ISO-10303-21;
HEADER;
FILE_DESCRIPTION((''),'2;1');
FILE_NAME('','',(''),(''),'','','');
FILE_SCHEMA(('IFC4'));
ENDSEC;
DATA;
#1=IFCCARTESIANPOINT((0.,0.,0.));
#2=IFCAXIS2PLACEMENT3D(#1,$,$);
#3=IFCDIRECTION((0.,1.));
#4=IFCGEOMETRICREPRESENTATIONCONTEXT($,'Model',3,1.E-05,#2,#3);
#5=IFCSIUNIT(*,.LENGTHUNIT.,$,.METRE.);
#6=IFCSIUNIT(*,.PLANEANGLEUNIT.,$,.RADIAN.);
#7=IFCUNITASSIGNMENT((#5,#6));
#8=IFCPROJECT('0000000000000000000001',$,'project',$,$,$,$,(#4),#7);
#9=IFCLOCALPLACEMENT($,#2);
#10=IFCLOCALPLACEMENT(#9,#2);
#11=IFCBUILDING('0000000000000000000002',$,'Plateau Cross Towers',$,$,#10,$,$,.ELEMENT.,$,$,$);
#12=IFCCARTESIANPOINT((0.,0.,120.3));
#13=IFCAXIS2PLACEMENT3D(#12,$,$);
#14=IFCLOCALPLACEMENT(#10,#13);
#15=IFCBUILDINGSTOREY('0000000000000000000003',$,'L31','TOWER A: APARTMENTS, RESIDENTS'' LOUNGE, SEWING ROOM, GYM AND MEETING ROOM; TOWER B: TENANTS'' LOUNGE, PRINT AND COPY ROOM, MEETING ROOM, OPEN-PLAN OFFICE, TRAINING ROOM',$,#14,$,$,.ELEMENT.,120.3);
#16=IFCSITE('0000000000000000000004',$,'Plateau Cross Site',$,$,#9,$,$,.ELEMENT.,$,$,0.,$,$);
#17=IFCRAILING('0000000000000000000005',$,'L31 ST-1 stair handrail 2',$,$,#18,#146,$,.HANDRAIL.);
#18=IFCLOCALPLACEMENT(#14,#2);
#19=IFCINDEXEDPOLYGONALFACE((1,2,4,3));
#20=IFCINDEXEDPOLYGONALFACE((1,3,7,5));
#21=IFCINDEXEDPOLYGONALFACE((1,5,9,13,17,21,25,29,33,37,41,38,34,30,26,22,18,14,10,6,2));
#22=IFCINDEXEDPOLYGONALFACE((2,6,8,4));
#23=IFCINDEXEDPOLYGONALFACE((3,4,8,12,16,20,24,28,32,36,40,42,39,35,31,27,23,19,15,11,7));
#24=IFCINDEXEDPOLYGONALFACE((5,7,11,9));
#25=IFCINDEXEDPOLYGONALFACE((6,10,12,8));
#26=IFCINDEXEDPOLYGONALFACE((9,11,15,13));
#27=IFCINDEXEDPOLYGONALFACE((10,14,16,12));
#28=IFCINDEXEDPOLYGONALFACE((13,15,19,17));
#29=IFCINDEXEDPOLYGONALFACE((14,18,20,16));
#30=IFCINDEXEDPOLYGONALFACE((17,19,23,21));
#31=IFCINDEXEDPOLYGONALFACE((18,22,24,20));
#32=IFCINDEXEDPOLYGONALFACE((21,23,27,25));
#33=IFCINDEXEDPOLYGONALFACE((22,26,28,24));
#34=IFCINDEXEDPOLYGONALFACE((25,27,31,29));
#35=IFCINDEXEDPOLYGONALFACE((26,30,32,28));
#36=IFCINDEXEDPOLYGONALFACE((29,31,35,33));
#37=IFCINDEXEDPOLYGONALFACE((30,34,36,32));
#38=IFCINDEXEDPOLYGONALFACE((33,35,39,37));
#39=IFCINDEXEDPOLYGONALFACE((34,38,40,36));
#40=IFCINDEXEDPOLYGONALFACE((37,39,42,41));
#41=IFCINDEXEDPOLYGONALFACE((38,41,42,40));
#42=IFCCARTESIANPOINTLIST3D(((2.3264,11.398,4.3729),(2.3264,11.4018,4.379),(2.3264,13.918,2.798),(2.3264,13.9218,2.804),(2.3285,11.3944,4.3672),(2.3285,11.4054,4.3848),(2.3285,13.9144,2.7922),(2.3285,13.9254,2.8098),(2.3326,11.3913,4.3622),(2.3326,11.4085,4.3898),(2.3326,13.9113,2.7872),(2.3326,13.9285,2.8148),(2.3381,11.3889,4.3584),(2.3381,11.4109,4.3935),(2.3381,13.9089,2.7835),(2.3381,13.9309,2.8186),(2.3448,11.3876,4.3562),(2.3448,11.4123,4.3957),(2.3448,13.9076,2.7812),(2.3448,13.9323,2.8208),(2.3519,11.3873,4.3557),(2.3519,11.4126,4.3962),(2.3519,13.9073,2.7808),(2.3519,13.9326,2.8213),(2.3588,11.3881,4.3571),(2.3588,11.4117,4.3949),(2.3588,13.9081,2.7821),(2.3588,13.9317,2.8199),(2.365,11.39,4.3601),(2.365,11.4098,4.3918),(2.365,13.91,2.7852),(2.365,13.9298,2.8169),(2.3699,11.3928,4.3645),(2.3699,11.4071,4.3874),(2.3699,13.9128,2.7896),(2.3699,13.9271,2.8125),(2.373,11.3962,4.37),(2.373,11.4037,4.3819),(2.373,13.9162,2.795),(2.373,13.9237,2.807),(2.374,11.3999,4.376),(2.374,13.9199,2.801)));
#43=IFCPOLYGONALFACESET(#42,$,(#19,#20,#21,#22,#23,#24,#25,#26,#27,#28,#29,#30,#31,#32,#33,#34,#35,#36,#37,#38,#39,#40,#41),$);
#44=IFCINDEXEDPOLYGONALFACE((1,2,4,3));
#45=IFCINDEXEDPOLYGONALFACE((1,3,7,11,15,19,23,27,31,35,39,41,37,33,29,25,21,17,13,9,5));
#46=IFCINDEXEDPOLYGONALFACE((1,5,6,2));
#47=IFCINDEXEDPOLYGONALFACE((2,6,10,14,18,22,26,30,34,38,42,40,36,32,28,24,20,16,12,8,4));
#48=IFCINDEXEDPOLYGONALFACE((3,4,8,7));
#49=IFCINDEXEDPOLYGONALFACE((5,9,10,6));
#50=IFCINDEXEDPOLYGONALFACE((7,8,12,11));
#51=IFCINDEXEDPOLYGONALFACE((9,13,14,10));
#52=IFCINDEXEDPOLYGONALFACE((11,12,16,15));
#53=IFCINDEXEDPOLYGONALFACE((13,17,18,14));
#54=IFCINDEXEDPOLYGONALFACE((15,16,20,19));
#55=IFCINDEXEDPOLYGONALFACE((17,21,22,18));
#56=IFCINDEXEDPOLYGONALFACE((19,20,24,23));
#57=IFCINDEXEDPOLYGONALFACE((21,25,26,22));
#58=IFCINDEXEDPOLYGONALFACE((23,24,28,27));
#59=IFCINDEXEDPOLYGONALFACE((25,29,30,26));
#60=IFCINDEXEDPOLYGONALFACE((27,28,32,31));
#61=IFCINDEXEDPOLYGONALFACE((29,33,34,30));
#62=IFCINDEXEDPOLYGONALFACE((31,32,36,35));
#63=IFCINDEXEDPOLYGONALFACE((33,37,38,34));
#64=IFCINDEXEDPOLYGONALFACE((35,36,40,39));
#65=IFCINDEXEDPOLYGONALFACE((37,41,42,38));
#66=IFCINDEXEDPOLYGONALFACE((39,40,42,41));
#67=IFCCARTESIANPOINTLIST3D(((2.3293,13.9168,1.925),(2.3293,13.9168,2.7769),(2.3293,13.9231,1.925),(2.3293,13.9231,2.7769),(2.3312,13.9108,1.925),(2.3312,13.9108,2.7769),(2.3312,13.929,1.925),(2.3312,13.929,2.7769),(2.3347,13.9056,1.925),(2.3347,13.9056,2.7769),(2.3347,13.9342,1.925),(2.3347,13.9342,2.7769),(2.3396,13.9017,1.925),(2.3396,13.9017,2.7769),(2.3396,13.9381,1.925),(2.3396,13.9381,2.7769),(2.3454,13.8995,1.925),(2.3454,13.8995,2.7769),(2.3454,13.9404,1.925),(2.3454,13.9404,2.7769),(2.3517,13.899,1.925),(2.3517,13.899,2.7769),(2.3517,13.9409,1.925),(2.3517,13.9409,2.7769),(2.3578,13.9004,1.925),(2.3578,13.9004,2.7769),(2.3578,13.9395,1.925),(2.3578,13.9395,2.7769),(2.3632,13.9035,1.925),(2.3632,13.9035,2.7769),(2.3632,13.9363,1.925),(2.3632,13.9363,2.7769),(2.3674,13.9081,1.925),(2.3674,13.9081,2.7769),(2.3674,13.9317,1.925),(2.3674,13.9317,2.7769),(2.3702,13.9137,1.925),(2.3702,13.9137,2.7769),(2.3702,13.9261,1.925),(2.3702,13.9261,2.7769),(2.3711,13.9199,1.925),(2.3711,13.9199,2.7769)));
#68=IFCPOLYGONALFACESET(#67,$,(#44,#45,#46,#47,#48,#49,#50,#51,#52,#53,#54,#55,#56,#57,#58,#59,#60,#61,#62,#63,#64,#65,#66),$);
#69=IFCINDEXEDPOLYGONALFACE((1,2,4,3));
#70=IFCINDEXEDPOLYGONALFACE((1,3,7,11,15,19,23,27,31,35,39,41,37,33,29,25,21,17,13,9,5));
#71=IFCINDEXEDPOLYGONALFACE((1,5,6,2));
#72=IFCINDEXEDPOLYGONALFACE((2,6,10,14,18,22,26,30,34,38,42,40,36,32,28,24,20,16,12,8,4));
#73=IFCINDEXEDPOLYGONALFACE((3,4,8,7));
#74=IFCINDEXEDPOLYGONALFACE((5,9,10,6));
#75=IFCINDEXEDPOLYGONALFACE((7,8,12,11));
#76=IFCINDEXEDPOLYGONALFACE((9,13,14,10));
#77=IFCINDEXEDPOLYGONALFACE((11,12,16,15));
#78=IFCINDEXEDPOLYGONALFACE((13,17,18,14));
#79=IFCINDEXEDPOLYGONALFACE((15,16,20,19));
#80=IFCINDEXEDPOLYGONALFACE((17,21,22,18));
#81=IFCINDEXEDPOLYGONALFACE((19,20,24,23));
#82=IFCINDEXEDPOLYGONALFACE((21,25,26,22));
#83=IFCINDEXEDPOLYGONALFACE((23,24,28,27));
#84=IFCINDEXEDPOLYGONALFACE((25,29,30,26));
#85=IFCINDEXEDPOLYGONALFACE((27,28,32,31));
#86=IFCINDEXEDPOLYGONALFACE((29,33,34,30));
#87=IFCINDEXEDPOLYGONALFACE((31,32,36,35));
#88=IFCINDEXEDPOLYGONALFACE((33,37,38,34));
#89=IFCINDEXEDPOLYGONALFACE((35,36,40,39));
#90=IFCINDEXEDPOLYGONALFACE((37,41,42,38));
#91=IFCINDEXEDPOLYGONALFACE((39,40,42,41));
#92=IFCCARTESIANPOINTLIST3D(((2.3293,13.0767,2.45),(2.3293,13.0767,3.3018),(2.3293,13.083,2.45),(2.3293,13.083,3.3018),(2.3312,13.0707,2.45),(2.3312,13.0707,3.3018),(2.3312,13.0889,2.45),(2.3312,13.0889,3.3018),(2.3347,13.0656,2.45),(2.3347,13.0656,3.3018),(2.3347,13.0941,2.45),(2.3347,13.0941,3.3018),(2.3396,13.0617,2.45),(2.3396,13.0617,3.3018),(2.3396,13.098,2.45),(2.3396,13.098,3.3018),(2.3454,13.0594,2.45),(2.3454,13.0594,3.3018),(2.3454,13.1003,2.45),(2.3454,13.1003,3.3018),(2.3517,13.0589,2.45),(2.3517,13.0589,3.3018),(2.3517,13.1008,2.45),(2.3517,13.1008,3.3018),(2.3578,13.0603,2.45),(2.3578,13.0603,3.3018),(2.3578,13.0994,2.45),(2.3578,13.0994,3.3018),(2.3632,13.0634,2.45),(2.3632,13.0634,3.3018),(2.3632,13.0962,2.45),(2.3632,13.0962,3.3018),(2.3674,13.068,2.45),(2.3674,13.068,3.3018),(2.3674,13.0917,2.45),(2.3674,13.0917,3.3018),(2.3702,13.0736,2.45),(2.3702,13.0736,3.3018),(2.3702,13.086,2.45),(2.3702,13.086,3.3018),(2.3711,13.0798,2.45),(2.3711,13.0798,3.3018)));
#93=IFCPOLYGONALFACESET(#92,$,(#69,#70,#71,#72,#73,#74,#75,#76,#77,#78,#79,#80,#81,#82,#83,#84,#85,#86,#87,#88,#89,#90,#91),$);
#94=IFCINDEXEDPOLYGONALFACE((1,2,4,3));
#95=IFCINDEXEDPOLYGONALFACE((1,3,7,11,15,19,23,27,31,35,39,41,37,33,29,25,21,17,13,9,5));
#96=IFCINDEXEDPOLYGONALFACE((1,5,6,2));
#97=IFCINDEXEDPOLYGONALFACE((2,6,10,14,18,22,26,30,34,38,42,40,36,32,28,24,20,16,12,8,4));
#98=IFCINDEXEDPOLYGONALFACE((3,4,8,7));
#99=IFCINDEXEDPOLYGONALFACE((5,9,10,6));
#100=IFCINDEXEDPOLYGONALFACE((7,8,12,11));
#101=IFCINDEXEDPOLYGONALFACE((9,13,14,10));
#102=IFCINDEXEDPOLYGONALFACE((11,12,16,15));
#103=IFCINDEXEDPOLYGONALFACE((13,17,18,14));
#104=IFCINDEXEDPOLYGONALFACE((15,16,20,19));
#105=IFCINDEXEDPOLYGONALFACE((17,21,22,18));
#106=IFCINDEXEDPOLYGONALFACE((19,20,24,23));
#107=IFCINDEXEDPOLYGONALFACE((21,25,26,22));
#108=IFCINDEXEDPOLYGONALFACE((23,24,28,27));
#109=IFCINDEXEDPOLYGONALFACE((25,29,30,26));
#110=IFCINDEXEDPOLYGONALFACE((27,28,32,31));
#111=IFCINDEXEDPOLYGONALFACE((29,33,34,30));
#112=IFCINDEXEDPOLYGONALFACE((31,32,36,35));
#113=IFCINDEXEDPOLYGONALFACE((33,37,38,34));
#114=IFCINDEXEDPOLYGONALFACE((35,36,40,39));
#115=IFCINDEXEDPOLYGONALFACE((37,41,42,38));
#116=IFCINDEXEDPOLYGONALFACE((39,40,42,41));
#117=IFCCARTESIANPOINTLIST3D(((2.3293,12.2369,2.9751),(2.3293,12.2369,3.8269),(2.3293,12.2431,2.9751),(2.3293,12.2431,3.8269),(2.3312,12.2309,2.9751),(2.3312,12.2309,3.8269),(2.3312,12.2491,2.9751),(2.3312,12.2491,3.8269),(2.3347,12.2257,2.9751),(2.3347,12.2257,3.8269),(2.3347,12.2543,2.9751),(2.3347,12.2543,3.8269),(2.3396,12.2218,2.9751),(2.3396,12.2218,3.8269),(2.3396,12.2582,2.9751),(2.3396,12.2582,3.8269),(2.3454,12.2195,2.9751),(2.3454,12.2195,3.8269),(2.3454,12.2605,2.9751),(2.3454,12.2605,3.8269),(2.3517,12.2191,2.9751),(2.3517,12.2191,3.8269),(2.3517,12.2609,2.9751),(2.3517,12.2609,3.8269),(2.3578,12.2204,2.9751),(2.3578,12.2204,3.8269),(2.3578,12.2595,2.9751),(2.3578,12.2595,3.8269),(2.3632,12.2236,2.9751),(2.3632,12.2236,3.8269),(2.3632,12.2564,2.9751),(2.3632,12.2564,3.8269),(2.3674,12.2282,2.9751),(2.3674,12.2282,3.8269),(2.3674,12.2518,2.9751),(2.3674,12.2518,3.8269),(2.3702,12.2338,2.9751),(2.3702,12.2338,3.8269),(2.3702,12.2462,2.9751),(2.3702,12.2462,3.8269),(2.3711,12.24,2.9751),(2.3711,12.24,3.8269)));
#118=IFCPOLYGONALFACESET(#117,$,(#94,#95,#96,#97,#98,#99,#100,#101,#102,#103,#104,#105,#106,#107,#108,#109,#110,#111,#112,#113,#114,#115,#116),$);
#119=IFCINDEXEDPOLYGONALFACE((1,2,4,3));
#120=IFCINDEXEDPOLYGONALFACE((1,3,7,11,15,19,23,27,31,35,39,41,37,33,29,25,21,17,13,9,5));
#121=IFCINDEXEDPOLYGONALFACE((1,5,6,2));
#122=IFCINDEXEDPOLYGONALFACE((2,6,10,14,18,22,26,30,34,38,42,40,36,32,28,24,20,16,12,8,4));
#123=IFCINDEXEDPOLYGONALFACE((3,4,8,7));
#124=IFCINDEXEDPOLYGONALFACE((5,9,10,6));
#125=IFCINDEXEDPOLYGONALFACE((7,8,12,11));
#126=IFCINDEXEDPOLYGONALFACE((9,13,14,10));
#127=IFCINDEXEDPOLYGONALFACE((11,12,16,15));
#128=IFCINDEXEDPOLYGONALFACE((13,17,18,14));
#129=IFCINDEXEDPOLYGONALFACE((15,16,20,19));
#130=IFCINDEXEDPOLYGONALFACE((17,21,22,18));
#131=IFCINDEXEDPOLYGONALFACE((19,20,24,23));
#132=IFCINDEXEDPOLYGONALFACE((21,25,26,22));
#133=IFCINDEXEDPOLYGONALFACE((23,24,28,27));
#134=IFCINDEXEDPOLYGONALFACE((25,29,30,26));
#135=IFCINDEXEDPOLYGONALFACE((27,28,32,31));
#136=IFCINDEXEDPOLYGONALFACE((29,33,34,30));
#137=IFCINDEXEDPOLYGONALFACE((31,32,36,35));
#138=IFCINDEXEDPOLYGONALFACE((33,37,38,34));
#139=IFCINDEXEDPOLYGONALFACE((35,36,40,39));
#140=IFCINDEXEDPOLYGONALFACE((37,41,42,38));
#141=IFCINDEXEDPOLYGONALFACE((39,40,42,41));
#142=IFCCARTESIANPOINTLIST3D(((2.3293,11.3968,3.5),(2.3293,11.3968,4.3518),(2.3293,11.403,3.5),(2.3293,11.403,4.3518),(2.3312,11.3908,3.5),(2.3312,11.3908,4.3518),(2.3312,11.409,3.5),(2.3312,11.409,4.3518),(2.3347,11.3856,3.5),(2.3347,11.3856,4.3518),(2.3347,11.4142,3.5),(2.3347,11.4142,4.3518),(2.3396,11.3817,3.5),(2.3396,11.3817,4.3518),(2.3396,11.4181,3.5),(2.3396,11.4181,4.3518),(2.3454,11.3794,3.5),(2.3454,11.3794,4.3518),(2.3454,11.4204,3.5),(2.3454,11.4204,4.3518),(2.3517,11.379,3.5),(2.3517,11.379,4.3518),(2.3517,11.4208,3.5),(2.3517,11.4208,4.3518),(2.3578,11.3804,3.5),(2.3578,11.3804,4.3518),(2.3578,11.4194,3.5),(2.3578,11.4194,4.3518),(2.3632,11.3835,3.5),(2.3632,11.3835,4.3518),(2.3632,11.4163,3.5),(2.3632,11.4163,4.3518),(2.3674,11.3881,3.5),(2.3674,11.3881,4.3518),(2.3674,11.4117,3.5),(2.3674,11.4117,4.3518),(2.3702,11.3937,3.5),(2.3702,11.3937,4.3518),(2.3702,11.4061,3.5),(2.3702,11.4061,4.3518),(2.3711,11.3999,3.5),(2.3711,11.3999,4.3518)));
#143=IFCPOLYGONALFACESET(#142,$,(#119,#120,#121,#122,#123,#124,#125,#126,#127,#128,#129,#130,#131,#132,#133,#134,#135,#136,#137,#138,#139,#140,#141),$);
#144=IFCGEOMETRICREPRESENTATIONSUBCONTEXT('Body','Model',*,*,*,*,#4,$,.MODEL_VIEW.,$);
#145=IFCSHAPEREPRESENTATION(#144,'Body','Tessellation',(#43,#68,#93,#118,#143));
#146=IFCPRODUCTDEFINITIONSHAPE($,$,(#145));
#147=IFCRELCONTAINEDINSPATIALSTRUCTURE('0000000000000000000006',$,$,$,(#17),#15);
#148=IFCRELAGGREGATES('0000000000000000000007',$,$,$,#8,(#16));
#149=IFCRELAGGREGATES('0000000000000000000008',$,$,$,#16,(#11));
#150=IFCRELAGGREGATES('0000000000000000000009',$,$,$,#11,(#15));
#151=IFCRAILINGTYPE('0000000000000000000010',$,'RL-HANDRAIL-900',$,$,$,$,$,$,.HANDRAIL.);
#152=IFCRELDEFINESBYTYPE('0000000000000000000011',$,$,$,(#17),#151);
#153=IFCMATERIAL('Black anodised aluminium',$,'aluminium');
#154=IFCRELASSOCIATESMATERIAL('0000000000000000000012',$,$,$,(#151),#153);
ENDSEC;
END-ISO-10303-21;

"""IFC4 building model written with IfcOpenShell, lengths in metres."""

from ifc_helpers import new_model, si_unit, direction, frame, origin, origin_2d, place, context, subcontext, project, spatial, circle, extrude, material, type_object, element, save


model = new_model("IFC4")

# Units and contexts
model_context = context("Model", 3, precision=1e-05, world=origin(), true_north=direction((0.0, 1.0)))
body_context = subcontext(model_context, "Body", "Model", "MODEL_VIEW")
ifc_project = project(units=[si_unit("LENGTHUNIT", "METRE"), si_unit("PLANEANGLEUNIT", "RADIAN")], contexts=[model_context])

# Site, building, storey
site_placement = place(None, origin())
site = spatial("IfcSite", under=ifc_project, at=site_placement, Name="Plateau Cross Site", CompositionType="ELEMENT", RefElevation=0.0)
building_placement = place(site_placement, origin())
building = spatial("IfcBuilding", under=site, at=building_placement, Name="Plateau Cross Towers", CompositionType="ELEMENT")
storey_placement = place(building_placement, frame((0.0, 0.0, 120.3)))
storey = spatial("IfcBuildingStorey", under=building, at=storey_placement, Name="L31", Description="TOWER A: APARTMENTS, RESIDENTS' LOUNGE, SEWING ROOM, GYM AND MEETING ROOM; TOWER B: TENANTS' LOUNGE, PRINT AND COPY ROOM, MEETING ROOM, OPEN-PLAN OFFICE, TRAINING ROOM", CompositionType="ELEMENT", Elevation=120.3)

# Shared definitions
ifc_material_1 = material(Name="Black anodised aluminium", Category="aluminium")

# Railing
railing_type_1 = type_object("IfcRailingType", Name="RL-HANDRAIL-900", PredefinedType="HANDRAIL", material=ifc_material_1)
railing_1_placement = place(storey_placement, frame((2.3501, 13.9199, 1.925)))
element("IfcRailing", 1, at=railing_1_placement, inside=storey, type_object=railing_type_1, Name="L31 ST-1 stair handrail 2", PredefinedType="HANDRAIL", context=body_context, shape_type="SweptSolid", body=[
    extrude(circle(Radius=0.0239, at=origin_2d()), frame((0.0, 0.0, 0.876), z_axis=(0.0, -0.848008, 0.529984), x_axis=(1.0, 0.0, 0.0)), (0.0, 0.0, 1.0), 2.9717),
    extrude(circle(Radius=0.021, at=origin_2d()), origin(), (0.0, 0.0, 1.0), 0.8518),
    extrude(circle(Radius=0.021, at=origin_2d()), frame((0.0, -0.8401, 0.5249)), (0.0, 0.0, 1.0), 0.8518),
    extrude(circle(Radius=0.021, at=origin_2d()), frame((0.0, -1.6799, 1.05)), (0.0, 0.0, 1.0), 0.8518),
    extrude(circle(Radius=0.021, at=origin_2d()), frame((0.0, -2.52, 1.575)), (0.0, 0.0, 1.0), 0.8518),
])

save(model, "model.ifc")
